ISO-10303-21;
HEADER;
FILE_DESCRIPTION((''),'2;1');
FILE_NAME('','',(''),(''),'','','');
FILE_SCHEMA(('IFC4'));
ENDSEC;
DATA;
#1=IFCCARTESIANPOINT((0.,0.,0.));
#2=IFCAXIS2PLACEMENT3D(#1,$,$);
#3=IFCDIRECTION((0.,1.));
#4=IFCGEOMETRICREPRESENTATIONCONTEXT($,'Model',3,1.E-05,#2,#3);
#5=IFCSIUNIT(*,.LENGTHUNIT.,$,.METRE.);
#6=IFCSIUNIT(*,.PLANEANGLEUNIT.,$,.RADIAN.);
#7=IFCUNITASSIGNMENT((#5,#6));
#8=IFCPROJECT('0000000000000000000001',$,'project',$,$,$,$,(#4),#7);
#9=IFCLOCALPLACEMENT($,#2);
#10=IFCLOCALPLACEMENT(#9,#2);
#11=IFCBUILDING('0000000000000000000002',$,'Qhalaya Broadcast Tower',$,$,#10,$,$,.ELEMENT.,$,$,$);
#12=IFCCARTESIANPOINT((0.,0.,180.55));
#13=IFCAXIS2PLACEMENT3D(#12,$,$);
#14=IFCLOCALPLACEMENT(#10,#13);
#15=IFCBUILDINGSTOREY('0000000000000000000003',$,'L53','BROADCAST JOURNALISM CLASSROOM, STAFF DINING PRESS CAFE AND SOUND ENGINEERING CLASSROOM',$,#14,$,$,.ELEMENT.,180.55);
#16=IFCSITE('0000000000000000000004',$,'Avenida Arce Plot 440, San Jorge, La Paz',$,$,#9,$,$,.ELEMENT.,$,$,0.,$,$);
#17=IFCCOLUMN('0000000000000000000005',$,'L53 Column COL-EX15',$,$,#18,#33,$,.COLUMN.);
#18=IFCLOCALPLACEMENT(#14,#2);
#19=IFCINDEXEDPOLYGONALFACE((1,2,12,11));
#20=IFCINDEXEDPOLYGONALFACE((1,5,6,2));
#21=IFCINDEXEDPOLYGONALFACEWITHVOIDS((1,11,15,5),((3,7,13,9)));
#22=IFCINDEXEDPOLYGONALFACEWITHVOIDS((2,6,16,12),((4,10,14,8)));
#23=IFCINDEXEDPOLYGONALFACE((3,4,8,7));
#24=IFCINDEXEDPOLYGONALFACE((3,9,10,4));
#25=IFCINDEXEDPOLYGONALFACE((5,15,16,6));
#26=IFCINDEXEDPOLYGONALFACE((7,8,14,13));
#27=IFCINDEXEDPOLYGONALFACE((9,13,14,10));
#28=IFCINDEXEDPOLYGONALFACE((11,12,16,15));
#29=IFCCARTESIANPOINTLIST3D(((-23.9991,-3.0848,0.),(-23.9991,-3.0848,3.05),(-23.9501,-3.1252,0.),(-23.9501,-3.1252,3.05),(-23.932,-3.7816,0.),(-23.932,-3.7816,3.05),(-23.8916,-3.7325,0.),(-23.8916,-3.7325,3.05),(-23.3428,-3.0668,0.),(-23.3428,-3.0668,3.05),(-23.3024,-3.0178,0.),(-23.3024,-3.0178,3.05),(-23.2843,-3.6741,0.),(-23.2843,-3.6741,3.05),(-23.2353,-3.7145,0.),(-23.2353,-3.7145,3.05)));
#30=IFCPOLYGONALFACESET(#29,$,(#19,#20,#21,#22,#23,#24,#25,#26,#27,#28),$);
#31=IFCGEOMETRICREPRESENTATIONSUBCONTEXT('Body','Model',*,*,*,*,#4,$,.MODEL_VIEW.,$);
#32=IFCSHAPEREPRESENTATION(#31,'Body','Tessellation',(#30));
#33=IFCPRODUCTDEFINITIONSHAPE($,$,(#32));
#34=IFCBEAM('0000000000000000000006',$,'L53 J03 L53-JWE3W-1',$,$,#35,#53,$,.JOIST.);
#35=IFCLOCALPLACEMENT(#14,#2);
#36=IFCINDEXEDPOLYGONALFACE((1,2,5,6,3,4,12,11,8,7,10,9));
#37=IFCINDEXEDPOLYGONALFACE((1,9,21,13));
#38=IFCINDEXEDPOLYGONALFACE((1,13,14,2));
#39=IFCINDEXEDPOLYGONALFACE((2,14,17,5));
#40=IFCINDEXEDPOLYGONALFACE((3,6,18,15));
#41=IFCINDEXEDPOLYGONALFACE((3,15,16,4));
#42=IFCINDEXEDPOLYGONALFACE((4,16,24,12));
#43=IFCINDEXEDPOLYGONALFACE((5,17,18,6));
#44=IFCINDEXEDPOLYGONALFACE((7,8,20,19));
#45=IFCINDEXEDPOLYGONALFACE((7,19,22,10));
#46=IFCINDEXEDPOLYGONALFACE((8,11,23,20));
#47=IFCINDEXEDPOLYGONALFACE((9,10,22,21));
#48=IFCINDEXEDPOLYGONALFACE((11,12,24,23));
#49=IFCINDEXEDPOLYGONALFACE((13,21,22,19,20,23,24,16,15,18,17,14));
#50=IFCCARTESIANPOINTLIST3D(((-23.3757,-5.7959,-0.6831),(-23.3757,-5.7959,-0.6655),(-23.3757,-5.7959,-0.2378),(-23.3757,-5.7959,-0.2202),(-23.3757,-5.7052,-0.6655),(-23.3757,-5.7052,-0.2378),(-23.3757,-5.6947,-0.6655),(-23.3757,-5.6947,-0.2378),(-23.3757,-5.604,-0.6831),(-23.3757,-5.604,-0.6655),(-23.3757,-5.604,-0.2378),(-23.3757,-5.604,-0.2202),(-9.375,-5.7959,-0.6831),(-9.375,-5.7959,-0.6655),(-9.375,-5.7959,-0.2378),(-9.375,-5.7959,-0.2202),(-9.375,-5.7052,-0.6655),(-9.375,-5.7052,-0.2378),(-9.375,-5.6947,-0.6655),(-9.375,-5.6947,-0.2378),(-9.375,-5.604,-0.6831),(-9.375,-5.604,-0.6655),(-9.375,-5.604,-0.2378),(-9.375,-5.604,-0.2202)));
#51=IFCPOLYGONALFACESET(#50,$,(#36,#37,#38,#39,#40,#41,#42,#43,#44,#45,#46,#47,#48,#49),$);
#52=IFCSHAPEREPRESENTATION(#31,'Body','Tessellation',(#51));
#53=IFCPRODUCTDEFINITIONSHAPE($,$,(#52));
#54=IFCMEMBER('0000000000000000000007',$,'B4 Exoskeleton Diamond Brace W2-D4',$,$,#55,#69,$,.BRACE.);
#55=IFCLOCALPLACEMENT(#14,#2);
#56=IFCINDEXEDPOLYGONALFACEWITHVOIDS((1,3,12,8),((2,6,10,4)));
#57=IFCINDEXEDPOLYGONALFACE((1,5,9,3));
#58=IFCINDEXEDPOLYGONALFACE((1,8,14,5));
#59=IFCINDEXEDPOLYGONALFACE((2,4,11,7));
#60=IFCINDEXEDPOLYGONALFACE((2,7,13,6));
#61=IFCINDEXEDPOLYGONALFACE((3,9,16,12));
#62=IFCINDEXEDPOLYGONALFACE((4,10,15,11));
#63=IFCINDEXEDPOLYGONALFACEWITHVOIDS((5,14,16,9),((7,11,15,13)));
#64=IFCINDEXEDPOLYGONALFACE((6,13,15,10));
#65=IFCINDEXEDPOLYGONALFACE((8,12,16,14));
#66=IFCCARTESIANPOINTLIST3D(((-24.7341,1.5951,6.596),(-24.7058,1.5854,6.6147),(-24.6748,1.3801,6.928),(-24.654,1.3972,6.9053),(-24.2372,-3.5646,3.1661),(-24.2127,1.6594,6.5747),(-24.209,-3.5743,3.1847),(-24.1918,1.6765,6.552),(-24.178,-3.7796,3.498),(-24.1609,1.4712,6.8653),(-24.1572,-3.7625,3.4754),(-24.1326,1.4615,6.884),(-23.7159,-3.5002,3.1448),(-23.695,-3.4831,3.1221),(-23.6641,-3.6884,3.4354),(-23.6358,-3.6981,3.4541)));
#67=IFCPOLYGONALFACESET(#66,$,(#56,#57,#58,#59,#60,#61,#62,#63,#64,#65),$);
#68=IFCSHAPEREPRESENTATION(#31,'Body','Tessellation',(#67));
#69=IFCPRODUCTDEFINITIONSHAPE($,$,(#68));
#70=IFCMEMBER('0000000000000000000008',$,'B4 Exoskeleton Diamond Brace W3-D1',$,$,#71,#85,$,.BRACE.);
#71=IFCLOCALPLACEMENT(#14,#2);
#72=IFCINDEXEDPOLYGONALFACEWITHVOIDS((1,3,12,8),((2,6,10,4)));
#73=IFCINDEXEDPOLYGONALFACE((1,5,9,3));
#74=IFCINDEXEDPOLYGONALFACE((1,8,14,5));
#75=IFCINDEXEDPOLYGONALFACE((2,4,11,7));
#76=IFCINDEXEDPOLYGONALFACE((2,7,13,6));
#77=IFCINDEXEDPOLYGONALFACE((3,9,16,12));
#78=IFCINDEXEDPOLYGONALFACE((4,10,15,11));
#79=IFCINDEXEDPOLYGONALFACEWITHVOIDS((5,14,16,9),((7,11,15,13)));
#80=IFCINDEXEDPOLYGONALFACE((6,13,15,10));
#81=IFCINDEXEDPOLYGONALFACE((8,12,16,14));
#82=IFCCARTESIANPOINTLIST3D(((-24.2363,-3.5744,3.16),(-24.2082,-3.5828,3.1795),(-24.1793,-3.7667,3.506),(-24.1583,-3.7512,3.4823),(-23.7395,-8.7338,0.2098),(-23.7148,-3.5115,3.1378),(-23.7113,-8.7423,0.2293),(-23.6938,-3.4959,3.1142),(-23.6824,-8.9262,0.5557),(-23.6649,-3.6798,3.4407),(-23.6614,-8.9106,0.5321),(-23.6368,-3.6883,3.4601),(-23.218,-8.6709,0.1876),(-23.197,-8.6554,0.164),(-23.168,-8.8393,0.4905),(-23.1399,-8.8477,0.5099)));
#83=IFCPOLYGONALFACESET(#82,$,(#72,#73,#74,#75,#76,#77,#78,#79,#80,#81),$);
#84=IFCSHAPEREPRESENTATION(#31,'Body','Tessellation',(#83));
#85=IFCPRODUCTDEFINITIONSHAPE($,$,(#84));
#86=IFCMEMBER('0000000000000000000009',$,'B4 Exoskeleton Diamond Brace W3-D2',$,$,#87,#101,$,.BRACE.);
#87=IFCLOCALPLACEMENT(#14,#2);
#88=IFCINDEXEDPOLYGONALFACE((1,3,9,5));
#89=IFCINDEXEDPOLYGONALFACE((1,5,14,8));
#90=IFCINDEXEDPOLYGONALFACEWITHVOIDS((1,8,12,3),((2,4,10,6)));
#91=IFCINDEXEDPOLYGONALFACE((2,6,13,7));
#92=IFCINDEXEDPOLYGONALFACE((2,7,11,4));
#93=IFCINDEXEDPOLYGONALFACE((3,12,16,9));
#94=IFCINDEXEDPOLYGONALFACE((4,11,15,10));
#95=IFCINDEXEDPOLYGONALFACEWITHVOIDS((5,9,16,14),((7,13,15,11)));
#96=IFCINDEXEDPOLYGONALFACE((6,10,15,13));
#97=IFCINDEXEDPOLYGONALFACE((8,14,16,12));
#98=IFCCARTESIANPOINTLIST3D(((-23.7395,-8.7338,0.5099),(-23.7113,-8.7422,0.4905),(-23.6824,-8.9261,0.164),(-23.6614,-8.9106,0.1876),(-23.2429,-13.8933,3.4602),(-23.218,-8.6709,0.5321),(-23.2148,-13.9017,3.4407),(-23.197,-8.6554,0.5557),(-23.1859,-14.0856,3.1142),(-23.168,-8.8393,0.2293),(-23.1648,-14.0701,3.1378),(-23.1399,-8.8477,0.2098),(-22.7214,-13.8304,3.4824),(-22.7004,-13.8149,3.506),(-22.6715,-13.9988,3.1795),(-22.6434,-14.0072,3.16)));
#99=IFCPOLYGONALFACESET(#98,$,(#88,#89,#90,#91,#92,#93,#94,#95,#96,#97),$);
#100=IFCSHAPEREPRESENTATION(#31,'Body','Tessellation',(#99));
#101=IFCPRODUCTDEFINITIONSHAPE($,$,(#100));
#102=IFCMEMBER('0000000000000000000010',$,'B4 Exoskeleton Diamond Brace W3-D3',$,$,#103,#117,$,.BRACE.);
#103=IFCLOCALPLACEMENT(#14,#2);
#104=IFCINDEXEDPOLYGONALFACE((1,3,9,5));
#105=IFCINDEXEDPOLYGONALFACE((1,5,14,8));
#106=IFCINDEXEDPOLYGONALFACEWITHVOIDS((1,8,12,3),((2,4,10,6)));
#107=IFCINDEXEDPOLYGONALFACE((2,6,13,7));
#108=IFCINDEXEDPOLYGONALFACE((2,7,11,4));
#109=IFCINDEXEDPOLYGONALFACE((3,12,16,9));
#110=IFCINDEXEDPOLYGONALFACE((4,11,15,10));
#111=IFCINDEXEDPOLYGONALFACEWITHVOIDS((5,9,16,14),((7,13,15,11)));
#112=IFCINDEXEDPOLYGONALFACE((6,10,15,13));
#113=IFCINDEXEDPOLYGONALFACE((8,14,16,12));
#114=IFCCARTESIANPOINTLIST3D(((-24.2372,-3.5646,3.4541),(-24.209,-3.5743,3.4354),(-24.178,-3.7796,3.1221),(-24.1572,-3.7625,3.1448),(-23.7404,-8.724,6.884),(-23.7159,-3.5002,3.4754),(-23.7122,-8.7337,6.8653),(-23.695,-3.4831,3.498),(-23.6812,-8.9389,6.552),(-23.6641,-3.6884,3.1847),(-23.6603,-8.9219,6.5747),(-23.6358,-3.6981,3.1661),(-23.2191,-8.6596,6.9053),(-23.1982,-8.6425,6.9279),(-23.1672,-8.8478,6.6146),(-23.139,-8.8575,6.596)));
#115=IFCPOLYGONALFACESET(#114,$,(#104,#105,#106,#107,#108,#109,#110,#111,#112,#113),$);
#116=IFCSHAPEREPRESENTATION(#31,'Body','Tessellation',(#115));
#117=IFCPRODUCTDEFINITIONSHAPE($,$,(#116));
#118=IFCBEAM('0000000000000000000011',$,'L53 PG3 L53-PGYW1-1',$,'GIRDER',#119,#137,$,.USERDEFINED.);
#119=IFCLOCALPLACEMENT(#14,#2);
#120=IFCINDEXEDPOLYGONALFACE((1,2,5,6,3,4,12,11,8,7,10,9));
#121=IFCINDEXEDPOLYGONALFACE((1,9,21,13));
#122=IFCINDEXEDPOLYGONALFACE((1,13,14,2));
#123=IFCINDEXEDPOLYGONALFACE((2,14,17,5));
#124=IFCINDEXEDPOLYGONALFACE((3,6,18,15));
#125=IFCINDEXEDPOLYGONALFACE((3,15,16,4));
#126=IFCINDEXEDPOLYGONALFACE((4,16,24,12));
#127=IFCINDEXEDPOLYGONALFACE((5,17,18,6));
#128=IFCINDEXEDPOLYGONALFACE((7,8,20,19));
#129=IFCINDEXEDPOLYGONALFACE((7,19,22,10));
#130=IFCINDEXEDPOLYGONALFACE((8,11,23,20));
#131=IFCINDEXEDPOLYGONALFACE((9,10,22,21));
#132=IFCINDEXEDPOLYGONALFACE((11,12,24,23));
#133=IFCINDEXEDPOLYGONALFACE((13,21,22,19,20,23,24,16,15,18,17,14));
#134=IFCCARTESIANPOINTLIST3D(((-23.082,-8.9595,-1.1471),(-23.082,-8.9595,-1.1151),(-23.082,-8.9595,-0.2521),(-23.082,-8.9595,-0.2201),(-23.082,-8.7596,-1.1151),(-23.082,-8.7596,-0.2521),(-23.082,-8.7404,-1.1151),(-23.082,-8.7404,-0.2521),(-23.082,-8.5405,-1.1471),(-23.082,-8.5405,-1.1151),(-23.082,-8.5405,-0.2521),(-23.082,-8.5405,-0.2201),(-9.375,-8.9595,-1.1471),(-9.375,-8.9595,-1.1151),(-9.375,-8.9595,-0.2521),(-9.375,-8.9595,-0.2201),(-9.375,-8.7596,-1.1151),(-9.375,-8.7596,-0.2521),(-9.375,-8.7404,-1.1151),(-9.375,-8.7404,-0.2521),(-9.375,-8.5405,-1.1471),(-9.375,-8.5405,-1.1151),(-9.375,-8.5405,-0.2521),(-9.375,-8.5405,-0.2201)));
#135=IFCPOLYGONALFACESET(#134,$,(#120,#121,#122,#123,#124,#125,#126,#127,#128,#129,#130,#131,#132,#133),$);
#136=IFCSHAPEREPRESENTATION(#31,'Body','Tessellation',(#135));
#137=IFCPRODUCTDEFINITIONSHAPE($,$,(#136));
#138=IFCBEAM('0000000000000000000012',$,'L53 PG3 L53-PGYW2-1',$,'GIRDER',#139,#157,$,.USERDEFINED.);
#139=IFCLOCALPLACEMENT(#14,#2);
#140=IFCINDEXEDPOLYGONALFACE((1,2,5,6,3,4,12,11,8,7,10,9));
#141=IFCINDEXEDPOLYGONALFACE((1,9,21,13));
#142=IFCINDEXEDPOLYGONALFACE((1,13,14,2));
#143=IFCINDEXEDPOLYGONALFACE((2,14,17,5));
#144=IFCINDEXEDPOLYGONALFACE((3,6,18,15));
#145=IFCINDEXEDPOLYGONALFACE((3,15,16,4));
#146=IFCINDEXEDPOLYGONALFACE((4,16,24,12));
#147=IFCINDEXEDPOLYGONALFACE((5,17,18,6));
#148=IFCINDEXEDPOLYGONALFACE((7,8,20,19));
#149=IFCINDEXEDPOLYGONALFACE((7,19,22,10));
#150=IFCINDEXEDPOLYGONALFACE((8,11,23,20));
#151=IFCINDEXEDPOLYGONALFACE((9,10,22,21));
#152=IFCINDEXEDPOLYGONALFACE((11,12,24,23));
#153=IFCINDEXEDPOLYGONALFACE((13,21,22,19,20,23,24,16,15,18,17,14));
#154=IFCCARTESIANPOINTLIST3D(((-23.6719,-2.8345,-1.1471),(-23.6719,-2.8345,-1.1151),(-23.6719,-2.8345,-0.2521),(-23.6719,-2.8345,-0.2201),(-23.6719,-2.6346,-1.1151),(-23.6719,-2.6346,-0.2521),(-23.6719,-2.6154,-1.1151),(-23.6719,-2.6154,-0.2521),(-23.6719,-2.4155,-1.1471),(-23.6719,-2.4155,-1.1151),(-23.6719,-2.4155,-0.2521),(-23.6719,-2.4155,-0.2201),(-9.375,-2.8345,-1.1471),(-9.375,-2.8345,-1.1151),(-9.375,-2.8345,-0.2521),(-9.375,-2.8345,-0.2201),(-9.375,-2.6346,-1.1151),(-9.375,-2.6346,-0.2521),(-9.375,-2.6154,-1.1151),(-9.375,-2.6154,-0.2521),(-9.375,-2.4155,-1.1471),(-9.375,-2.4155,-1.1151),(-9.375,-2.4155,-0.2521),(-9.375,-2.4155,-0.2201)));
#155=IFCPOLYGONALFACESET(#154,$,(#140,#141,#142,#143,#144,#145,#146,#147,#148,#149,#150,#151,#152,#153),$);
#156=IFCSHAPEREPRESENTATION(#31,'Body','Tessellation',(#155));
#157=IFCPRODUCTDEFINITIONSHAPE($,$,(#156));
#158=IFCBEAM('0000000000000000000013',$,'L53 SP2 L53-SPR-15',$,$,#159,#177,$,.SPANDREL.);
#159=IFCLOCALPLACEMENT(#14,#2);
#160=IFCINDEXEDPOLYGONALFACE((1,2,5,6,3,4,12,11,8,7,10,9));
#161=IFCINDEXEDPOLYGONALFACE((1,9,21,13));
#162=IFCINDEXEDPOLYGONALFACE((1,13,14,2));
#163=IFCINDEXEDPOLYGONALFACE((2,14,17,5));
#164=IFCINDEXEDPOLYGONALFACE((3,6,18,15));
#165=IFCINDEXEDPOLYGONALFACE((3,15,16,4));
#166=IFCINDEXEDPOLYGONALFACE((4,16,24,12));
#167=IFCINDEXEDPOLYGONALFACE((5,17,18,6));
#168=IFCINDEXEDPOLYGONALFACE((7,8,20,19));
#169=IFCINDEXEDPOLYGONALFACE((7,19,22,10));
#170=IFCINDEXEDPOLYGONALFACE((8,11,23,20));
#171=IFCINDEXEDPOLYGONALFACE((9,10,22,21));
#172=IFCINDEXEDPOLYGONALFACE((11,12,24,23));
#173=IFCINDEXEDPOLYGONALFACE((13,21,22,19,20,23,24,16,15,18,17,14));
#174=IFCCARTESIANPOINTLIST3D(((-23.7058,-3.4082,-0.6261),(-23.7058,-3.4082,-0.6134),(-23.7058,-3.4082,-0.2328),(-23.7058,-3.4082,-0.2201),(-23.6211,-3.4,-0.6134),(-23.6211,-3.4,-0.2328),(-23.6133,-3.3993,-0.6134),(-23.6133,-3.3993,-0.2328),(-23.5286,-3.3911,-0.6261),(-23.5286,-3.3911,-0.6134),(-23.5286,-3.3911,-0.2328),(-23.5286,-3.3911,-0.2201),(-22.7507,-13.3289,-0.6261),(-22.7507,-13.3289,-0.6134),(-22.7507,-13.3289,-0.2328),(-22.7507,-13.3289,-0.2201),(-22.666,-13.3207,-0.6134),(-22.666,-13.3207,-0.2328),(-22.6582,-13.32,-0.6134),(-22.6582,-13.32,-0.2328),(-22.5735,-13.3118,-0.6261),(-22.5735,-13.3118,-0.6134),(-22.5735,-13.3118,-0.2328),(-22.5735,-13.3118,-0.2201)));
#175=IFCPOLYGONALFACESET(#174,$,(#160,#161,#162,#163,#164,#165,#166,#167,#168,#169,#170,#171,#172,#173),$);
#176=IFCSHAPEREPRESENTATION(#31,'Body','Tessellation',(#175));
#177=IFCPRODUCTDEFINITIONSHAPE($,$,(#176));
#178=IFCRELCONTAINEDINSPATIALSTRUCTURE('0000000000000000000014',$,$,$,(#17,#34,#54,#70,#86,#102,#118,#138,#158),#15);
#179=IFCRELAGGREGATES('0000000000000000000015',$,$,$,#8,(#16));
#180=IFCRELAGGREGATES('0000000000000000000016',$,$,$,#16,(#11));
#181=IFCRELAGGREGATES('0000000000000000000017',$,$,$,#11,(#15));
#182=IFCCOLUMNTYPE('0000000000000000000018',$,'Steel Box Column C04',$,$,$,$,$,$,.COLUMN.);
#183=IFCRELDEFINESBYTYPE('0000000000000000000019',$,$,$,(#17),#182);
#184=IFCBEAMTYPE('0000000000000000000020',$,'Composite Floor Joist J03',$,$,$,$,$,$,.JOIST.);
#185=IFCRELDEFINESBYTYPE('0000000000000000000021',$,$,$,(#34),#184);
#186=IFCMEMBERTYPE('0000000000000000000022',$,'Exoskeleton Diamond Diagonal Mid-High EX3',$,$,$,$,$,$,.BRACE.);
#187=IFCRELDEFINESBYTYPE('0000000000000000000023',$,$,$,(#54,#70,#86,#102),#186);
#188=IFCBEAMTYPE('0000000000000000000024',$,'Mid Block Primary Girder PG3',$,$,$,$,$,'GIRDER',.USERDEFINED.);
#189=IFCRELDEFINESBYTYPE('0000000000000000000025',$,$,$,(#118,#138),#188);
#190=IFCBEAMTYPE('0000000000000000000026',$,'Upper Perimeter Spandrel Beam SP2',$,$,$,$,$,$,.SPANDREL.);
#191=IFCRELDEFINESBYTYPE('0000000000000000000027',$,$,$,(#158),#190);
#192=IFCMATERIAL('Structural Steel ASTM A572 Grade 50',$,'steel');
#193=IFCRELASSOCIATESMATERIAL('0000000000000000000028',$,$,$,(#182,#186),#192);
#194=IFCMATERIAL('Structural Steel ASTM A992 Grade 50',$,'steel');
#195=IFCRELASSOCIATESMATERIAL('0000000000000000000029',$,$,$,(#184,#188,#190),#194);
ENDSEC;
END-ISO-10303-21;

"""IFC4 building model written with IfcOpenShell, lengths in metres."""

from ifc_helpers import new_model, si_unit, direction, frame, origin, origin_2d, place, context, subcontext, project, spatial, hollow_rectangle, i_section, extrude, material, material_profile, profile_set, type_object, element, save


model = new_model("IFC4")

# Units and contexts
model_context = context("Model", 3, precision=1e-05, world=origin(), true_north=direction((0.0, 1.0)))
body_context = subcontext(model_context, "Body", "Model", "MODEL_VIEW")
ifc_project = project(units=[si_unit("LENGTHUNIT", "METRE"), si_unit("PLANEANGLEUNIT", "RADIAN")], contexts=[model_context])

# Site, building, storey
site_placement = place(None, origin())
site = spatial("IfcSite", under=ifc_project, at=site_placement, Name="Avenida Arce Plot 440, San Jorge, La Paz", CompositionType="ELEMENT", RefElevation=0.0)
building_placement = place(site_placement, origin())
building = spatial("IfcBuilding", under=site, at=building_placement, Name="Qhalaya Broadcast Tower", CompositionType="ELEMENT")
storey_placement = place(building_placement, frame((0.0, 0.0, 180.55)))
storey = spatial("IfcBuildingStorey", under=building, at=storey_placement, Name="L53", Description="BROADCAST JOURNALISM CLASSROOM, STAFF DINING PRESS CAFE AND SOUND ENGINEERING CLASSROOM", CompositionType="ELEMENT", Elevation=180.55)

# Column
ifc_material_1 = material(Name="Structural Steel ASTM A572 Grade 50", Category="steel")
ifc_material_profile_1 = material_profile(ifc_material_1, hollow_rectangle(XDim=0.7, YDim=0.7, WallThickness=0.0449, at=origin_2d()), Name="BOX 700x700x45")
ifc_profile_set_1 = profile_set([ifc_material_profile_1], Name="Structural Steel ASTM A572 Grade 50")
column_type = type_object("IfcColumnType", Name="Steel Box Column C04", PredefinedType="COLUMN", material=ifc_profile_set_1)
column_placement = place(storey_placement, frame((-23.6172, -3.3997, 0.0), z_axis=(0.0, 0.0, 1.0), x_axis=(-0.095846, 0.995396, 0.0)))
element("IfcColumn", 1, at=column_placement, inside=storey, type_object=column_type, Name="L53 Column COL-EX15", PredefinedType="COLUMN", context=body_context, shape_type="SweptSolid", body=[
    extrude(hollow_rectangle(XDim=0.7, YDim=0.7, WallThickness=0.0449, at=origin_2d()), origin(), (0.0, 0.0, 1.0), 3.05),
])

# Beam
ifc_material_2 = material(Name="Structural Steel ASTM A992 Grade 50", Category="steel")
ifc_material_profile_2 = material_profile(ifc_material_2, i_section(OverallWidth=0.1919, OverallDepth=0.4629, WebThickness=0.0105, FlangeThickness=0.0176, at=origin_2d()), Name="W18X60")
ifc_profile_set_2 = profile_set([ifc_material_profile_2], Name="Structural Steel ASTM A992 Grade 50")
beam_type_1 = type_object("IfcBeamType", Name="Composite Floor Joist J03", PredefinedType="JOIST", material=ifc_profile_set_2)
beam_1_placement = place(storey_placement, frame((-23.3757, -5.7, -0.4517), z_axis=(1.0, 0.0, 0.0), x_axis=(0.0, 1.0, 0.0)))
element("IfcBeam", 2, at=beam_1_placement, inside=storey, type_object=beam_type_1, Name="L53 J03 L53-JWE3W-1", PredefinedType="JOIST", context=body_context, shape_type="SweptSolid", body=[
    extrude(i_section(OverallWidth=0.1919, OverallDepth=0.4629, WebThickness=0.0105, FlangeThickness=0.0176, at=origin_2d()), origin(), (0.0, 0.0, 1.0), 14.0007),
])

# Members
ifc_material_profile_3 = material_profile(ifc_material_1, hollow_rectangle(XDim=0.3999, YDim=0.55, WallThickness=0.0249, at=origin_2d()), Name="BOX 400x550x25")
ifc_profile_set_3 = profile_set([ifc_material_profile_3], Name="Structural Steel ASTM A572 Grade 50")
member_type = type_object("IfcMemberType", Name="Exoskeleton Diamond Diagonal Mid-High EX3", PredefinedType="BRACE", material=ifc_profile_set_3)
member_1_placement = place(storey_placement, frame((-23.9365, -3.6313, 3.3101), z_axis=(-0.079932, 0.830118, 0.551828), x_axis=(0.148052, -0.537572, 0.830119)))
element("IfcMember", 3, at=member_1_placement, inside=storey, type_object=member_type, Name="B4 Exoskeleton Diamond Brace W2-D4", PredefinedType="BRACE", context=body_context, shape_type="SweptSolid", body=[
    extrude(hollow_rectangle(XDim=0.3999, YDim=0.55, WallThickness=0.0249, at=origin_2d()), origin(), (0.0, 0.0, 1.0), 6.2156),
])
for number, where, z_axis, x_axis, name in (
    (4, (-23.4397, -8.7908, 0.3599), (-0.083303, 0.865084, 0.494661), (0.1426, -0.48093, 0.865085), "B4 Exoskeleton Diamond Brace W3-D1"),
    (5, (-23.4397, -8.7908, 0.3599), (0.083263, -0.865087, 0.494663), (-0.142578, 0.480938, 0.865084), "B4 Exoskeleton Diamond Brace W3-D2"),
):
    element("IfcMember", number, at=place(storey_placement, frame(where, z_axis=z_axis, x_axis=x_axis)), inside=storey, type_object=member_type, Name=name, PredefinedType="BRACE", context=body_context, shape_type="SweptSolid", body=[
        extrude(hollow_rectangle(XDim=0.3999, YDim=0.55, WallThickness=0.0249, at=origin_2d()), origin(), (0.0, 0.0, 1.0), 5.9641),
    ])
member_2_placement = place(storey_placement, frame((-23.9365, -3.6313, 3.3101), z_axis=(0.079935, -0.830106, 0.551846), x_axis=(-0.148056, 0.537589, 0.830107)))
element("IfcMember", 6, at=member_2_placement, inside=storey, type_object=member_type, Name="B4 Exoskeleton Diamond Brace W3-D3", PredefinedType="BRACE", context=body_context, shape_type="SweptSolid", body=[
    extrude(hollow_rectangle(XDim=0.3999, YDim=0.55, WallThickness=0.0249, at=origin_2d()), origin(), (0.0, 0.0, 1.0), 6.2153),
])

# Beams
ifc_material_profile_4 = material_profile(ifc_material_2, i_section(OverallWidth=0.4189, OverallDepth=0.927, WebThickness=0.0193, FlangeThickness=0.032, at=origin_2d()), Name="W36X231")
ifc_profile_set_4 = profile_set([ifc_material_profile_4], Name="Structural Steel ASTM A992 Grade 50")
beam_type_2 = type_object("IfcBeamType", Name="Mid Block Primary Girder PG3", ElementType="GIRDER", PredefinedType="USERDEFINED", material=ifc_profile_set_4)
beam_2_placement = place(storey_placement, frame((-23.082, -8.75, -0.6836), z_axis=(1.0, 0.0, 0.0), x_axis=(0.0, 1.0, 0.0)))
element("IfcBeam", 7, at=beam_2_placement, inside=storey, type_object=beam_type_2, Name="L53 PG3 L53-PGYW1-1", ObjectType="GIRDER", PredefinedType="USERDEFINED", context=body_context, shape_type="SweptSolid", body=[
    extrude(i_section(OverallWidth=0.4189, OverallDepth=0.927, WebThickness=0.0193, FlangeThickness=0.032, at=origin_2d()), origin(), (0.0, 0.0, 1.0), 13.707),
])
beam_3_placement = place(storey_placement, frame((-23.6719, -2.625, -0.6836), z_axis=(1.0, 0.0, 0.0), x_axis=(0.0, 1.0, 0.0)))
element("IfcBeam", 8, at=beam_3_placement, inside=storey, type_object=beam_type_2, Name="L53 PG3 L53-PGYW2-1", ObjectType="GIRDER", PredefinedType="USERDEFINED", context=body_context, shape_type="SweptSolid", body=[
    extrude(i_section(OverallWidth=0.4189, OverallDepth=0.927, WebThickness=0.0193, FlangeThickness=0.032, at=origin_2d()), origin(), (0.0, 0.0, 1.0), 14.2969),
])
ifc_material_profile_5 = material_profile(ifc_material_2, i_section(OverallWidth=0.178, OverallDepth=0.406, WebThickness=0.0078, FlangeThickness=0.0127, at=origin_2d()), Name="W16X40")
ifc_profile_set_5 = profile_set([ifc_material_profile_5], Name="Structural Steel ASTM A992 Grade 50")
beam_type_3 = type_object("IfcBeamType", Name="Upper Perimeter Spandrel Beam SP2", PredefinedType="SPANDREL", material=ifc_profile_set_5)
beam_4_placement = place(storey_placement, frame((-23.6172, -3.3997, -0.4231), z_axis=(0.095829, -0.995398, 0.0), x_axis=(0.995398, 0.095829, 0.0)))
element("IfcBeam", 9, at=beam_4_placement, inside=storey, type_object=beam_type_3, Name="L53 SP2 L53-SPR-15", PredefinedType="SPANDREL", context=body_context, shape_type="SweptSolid", body=[
    extrude(i_section(OverallWidth=0.178, OverallDepth=0.406, WebThickness=0.0078, FlangeThickness=0.0127, at=origin_2d()), origin(), (0.0, 0.0, 1.0), 9.9666),
])

save(model, "model.ifc")
